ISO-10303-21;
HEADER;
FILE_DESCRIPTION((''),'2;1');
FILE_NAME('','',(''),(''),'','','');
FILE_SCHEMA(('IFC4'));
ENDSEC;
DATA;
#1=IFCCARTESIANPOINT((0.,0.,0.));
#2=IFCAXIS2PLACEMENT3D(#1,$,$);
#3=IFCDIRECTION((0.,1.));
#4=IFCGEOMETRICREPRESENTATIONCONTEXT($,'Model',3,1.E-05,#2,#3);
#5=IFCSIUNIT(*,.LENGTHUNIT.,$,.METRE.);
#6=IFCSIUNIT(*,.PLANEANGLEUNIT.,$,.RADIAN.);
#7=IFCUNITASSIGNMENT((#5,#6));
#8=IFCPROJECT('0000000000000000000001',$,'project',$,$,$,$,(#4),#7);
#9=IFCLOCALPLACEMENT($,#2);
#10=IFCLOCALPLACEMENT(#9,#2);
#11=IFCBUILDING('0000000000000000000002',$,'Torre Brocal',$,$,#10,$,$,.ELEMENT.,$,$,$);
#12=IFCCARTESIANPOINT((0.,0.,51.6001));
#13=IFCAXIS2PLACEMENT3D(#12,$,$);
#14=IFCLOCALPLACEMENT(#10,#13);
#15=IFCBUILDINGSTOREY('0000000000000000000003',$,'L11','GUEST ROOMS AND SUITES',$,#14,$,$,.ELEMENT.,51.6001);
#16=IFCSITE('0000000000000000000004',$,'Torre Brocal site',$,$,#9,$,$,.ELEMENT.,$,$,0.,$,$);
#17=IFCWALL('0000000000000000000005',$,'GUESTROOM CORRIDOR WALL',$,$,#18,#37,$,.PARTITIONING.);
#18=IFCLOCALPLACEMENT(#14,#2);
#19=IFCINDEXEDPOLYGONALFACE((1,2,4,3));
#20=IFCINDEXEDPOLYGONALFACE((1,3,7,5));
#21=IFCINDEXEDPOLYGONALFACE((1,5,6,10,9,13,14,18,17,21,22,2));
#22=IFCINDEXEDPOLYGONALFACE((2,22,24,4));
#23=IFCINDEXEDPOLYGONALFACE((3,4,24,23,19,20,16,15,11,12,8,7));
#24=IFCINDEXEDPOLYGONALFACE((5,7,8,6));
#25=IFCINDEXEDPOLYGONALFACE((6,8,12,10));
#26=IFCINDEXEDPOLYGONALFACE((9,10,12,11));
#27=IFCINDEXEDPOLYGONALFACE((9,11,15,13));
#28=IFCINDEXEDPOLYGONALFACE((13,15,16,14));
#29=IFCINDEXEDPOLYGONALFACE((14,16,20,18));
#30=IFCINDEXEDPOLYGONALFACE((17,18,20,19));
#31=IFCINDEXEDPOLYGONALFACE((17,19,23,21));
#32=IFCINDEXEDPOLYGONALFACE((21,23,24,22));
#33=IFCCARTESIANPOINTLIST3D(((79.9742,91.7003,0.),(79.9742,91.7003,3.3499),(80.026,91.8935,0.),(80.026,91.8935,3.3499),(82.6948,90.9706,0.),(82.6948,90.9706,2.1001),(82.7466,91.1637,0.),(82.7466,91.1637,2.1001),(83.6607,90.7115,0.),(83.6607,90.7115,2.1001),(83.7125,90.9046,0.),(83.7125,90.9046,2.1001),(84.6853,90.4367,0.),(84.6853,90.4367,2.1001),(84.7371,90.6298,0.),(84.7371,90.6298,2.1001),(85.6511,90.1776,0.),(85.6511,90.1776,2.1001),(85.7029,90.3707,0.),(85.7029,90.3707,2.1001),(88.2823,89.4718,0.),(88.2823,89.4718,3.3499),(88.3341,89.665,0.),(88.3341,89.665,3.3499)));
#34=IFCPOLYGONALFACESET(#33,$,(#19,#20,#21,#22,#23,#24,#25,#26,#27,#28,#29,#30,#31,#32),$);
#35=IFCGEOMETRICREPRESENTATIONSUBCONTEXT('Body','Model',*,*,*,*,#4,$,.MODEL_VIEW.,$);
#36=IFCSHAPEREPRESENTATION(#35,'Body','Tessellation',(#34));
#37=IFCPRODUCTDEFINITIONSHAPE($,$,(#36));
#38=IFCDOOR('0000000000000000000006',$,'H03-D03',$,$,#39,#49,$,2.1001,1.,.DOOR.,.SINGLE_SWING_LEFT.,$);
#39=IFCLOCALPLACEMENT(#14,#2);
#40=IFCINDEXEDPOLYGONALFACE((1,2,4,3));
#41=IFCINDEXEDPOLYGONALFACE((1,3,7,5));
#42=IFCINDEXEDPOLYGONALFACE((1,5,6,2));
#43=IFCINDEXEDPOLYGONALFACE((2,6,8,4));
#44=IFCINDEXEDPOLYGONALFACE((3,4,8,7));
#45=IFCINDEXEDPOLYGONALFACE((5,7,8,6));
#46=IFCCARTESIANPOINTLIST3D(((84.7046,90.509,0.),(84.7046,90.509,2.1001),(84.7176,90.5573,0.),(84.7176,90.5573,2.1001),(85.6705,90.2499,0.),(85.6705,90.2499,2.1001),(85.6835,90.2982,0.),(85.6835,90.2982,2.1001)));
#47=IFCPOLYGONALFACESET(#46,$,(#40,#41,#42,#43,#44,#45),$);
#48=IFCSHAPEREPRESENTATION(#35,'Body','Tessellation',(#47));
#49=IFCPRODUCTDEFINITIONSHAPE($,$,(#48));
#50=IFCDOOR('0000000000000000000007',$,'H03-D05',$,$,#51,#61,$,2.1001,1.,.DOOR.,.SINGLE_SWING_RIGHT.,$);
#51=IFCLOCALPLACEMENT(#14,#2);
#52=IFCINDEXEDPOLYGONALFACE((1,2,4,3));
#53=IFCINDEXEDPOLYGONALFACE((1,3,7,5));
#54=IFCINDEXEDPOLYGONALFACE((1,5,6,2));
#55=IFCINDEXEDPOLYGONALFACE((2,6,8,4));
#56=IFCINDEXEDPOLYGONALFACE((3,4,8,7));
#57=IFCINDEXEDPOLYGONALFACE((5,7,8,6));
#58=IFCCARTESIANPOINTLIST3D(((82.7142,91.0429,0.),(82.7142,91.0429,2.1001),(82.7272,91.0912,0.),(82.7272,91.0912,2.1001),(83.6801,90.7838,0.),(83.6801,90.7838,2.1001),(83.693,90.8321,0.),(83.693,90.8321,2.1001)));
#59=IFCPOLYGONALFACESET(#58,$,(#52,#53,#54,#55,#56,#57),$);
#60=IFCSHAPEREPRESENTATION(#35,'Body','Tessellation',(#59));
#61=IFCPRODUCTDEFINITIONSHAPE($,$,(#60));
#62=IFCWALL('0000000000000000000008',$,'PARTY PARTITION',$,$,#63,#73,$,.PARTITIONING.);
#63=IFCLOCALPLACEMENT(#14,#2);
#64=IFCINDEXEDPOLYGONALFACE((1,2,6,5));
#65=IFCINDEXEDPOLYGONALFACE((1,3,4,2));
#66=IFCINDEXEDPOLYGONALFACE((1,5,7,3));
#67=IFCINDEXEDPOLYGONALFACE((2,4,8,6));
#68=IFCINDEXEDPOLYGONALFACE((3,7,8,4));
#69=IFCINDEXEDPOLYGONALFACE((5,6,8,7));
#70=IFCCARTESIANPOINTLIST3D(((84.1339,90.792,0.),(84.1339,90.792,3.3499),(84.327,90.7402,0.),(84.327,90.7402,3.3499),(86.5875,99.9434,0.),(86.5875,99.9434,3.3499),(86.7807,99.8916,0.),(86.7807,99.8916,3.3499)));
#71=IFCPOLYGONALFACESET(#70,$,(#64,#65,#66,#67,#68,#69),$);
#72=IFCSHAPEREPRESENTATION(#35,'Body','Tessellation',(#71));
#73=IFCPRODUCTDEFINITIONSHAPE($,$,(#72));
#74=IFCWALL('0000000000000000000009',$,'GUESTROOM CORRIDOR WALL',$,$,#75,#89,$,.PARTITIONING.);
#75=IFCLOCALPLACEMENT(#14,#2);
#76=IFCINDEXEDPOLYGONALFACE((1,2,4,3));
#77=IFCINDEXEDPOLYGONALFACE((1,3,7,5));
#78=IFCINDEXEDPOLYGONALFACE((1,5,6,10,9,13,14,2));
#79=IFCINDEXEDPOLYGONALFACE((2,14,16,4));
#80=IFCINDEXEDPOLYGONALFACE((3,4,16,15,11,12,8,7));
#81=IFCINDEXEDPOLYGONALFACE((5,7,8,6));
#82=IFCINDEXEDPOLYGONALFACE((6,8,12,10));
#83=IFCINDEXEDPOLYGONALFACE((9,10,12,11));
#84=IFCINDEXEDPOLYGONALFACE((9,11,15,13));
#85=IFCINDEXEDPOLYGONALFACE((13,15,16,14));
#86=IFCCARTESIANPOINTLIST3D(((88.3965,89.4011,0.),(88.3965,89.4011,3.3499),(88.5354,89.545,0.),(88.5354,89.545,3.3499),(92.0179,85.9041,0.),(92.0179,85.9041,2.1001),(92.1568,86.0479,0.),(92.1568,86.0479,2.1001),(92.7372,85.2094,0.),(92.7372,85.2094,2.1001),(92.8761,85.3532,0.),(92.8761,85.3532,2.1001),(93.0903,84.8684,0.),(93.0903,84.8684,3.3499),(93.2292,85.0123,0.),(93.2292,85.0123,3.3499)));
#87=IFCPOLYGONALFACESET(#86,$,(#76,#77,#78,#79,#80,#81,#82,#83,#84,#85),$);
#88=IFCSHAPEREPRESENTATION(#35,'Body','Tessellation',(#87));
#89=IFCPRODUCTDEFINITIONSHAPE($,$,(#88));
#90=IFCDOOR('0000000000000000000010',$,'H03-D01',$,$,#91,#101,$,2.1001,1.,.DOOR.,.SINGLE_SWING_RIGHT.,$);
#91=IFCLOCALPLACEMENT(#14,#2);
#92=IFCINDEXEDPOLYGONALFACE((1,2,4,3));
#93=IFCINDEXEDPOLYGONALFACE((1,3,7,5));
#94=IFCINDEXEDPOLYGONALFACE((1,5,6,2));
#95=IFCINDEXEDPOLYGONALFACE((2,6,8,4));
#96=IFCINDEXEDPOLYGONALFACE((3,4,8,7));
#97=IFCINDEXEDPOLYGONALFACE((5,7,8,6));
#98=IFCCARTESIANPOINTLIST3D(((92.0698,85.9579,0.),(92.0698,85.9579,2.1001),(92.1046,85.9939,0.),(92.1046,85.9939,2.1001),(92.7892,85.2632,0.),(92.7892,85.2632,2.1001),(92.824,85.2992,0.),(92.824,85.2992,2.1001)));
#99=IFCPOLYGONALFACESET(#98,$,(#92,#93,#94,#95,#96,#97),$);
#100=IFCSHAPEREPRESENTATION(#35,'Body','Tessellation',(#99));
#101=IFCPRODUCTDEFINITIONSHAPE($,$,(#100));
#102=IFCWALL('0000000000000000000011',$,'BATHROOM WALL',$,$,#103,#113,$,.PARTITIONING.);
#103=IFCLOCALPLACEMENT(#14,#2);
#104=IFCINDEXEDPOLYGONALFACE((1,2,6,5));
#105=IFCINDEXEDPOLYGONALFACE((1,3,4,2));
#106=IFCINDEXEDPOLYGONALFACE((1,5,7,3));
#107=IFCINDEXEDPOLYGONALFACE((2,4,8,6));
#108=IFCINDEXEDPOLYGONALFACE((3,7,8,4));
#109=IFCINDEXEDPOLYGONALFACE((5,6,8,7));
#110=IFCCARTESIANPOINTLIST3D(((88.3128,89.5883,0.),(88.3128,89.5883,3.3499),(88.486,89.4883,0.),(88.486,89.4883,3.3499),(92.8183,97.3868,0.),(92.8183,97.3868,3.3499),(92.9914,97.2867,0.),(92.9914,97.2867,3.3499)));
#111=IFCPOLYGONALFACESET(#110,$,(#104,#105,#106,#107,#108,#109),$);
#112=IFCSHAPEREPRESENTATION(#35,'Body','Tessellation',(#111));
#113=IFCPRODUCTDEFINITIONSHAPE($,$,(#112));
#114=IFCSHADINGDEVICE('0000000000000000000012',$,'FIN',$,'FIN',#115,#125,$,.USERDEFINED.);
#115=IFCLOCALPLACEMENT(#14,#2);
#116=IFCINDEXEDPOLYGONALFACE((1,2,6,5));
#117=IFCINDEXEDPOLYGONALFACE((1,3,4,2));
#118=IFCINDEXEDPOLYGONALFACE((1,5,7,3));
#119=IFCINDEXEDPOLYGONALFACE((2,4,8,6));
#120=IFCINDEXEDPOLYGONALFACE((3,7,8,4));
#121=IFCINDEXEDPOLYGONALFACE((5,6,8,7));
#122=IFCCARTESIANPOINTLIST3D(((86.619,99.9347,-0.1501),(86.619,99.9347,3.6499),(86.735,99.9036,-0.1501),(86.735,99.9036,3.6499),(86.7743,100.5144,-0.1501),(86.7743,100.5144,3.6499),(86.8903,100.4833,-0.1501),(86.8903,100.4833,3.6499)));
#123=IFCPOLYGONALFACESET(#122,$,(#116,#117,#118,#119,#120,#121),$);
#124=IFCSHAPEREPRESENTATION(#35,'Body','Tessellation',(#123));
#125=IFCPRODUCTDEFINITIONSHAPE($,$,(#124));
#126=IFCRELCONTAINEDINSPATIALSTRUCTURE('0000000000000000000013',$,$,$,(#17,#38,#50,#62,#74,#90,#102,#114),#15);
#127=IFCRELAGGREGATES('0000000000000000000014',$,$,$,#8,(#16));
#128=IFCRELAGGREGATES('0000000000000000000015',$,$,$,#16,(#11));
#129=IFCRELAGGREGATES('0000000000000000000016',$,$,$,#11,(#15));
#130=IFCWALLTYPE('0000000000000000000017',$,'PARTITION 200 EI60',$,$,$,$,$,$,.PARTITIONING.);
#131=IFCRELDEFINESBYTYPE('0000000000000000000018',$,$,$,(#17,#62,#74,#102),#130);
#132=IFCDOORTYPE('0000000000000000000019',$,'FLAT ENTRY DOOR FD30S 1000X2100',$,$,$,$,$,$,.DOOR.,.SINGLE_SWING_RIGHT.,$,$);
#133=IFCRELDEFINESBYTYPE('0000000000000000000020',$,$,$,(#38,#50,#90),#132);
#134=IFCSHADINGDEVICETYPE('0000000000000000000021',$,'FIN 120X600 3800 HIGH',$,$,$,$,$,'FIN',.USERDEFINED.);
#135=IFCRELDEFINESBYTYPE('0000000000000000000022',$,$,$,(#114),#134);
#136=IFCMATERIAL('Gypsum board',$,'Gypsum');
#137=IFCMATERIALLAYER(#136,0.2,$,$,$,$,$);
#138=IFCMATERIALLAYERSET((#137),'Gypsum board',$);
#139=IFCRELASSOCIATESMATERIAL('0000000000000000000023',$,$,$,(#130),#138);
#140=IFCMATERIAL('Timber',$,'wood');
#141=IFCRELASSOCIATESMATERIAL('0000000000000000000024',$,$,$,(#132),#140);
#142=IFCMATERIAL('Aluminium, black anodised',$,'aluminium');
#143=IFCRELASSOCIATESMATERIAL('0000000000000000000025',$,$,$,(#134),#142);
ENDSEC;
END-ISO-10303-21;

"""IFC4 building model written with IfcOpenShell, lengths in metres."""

from ifc_helpers import new_model, si_unit, direction, frame, frame_2d, origin, origin_2d, place, context, subcontext, project, spatial, rectangle, extrude, material, layer, layer_set, material_profile, profile_set, type_object, element, fill, save


model = new_model("IFC4")

# Units and contexts
model_context = context("Model", 3, precision=1e-05, world=origin(), true_north=direction((0.0, 1.0)))
body_context = subcontext(model_context, "Body", "Model", "MODEL_VIEW")
ifc_project = project(units=[si_unit("LENGTHUNIT", "METRE"), si_unit("PLANEANGLEUNIT", "RADIAN")], contexts=[model_context])

# Site, building, storey
site_placement = place(None, origin())
site = spatial("IfcSite", under=ifc_project, at=site_placement, Name="Torre Brocal site", CompositionType="ELEMENT", RefElevation=0.0)
building_placement = place(site_placement, origin())
building = spatial("IfcBuilding", under=site, at=building_placement, Name="Torre Brocal", CompositionType="ELEMENT")
storey_placement = place(building_placement, frame((0.0, 0.0, 51.6001)))
storey = spatial("IfcBuildingStorey", under=building, at=storey_placement, Name="L11", Description="GUEST ROOMS AND SUITES", CompositionType="ELEMENT", Elevation=51.6001)

# Shared definitions
ifc_material_1 = material(Name="Gypsum board", Category="Gypsum")
ifc_layer_1 = layer(ifc_material_1, 0.2)
ifc_layer_set_1 = layer_set([ifc_layer_1], Name="Gypsum board")
wall_type_1 = type_object("IfcWallType", Name="PARTITION 200 EI60", PredefinedType="PARTITIONING", material=ifc_layer_set_1)
ifc_material_2 = material(Name="Timber", Category="wood")
door_type_1 = type_object("IfcDoorType", Name="FLAT ENTRY DOOR FD30S 1000X2100", OperationType="SINGLE_SWING_RIGHT", PredefinedType="DOOR", material=ifc_material_2)

# Wall, openings, doors
wall_1_placement = place(storey_placement, frame((80.0002, 91.7969, 0.0), z_axis=(0.0, 0.0, 1.0), x_axis=(0.965857, -0.259076, 0.0)))
wall_1 = element("IfcWall", 1, at=wall_1_placement, inside=storey, type_object=wall_type_1, Name="GUESTROOM CORRIDOR WALL", PredefinedType="PARTITIONING", context=body_context, shape_type="SweptSolid", body=[
    extrude(rectangle(XDim=8.6018, YDim=0.2, at=frame_2d((4.3008, 0.0))), origin(), (0.0, 0.0, 1.0), 3.3499),
])
opening_1_placement = place(wall_1_placement, frame((4.8774, 0.0, 0.0)))
opening_1 = element("IfcOpeningElement", 2, at=opening_1_placement, cuts=wall_1, PredefinedType="OPENING", context=body_context, shape_type="SweptSolid", body=[
    extrude(rectangle(XDim=1.0, YDim=2.1001, at=frame_2d((0.5, 1.05))), frame((0.0, 0.1099, 0.0), z_axis=(0.0, -1.0, 0.0), x_axis=(1.0, 0.0, 0.0)), (0.0, 0.0, 1.0), 0.22),
])
opening_2_placement = place(wall_1_placement, frame((2.8167, 0.0, 0.0)))
opening_2 = element("IfcOpeningElement", 3, at=opening_2_placement, cuts=wall_1, PredefinedType="OPENING", context=body_context, shape_type="SweptSolid", body=[
    extrude(rectangle(XDim=1.0, YDim=2.1001, at=frame_2d((0.5, 1.05))), frame((0.0, 0.1099, 0.0), z_axis=(0.0, -1.0, 0.0), x_axis=(1.0, 0.0, 0.0)), (0.0, 0.0, 1.0), 0.22),
])
door_1_placement = place(opening_1_placement, origin())
door_1 = element("IfcDoor", 4, at=door_1_placement, inside=storey, type_object=door_type_1, Name="H03-D03", OperationType="SINGLE_SWING_LEFT", OverallHeight=2.1001, OverallWidth=1.0, PredefinedType="DOOR", context=body_context, shape_type="SweptSolid", body=[
    extrude(rectangle(XDim=1.0, YDim=2.1001, at=frame_2d((0.5, 1.05))), frame((0.0, 0.0249, 0.0), z_axis=(0.0, -1.0, 0.0), x_axis=(1.0, 0.0, 0.0)), (0.0, 0.0, 1.0), 0.05),
])
fill(opening_1, door_1)
door_2_placement = place(opening_2_placement, origin())
door_2 = element("IfcDoor", 5, at=door_2_placement, inside=storey, type_object=door_type_1, Name="H03-D05", OperationType="SINGLE_SWING_RIGHT", OverallHeight=2.1001, OverallWidth=1.0, PredefinedType="DOOR", context=body_context, shape_type="SweptSolid", body=[
    extrude(rectangle(XDim=1.0, YDim=2.1001, at=frame_2d((0.5, 1.05))), frame((0.0, 0.0249, 0.0), z_axis=(0.0, -1.0, 0.0), x_axis=(1.0, 0.0, 0.0)), (0.0, 0.0, 1.0), 0.05),
])
fill(opening_2, door_2)

# Wall
wall_2_placement = place(storey_placement, frame((84.2305, 90.7661, 0.0), z_axis=(0.0, 0.0, 1.0), x_axis=(0.258968, 0.965886, 0.0)))
element("IfcWall", 6, at=wall_2_placement, inside=storey, type_object=wall_type_1, Name="PARTY PARTITION", PredefinedType="PARTITIONING", context=body_context, shape_type="SweptSolid", body=[
    extrude(rectangle(XDim=9.4746, YDim=0.2, at=frame_2d((4.7373, 0.0))), origin(), (0.0, 0.0, 1.0), 3.3499),
])

# Wall, opening, door
wall_3_placement = place(storey_placement, frame((88.4658, 89.4731, 0.0), z_axis=(0.0, 0.0, 1.0), x_axis=(0.719346, -0.694652, 0.0)))
wall_3 = element("IfcWall", 7, at=wall_3_placement, inside=storey, type_object=wall_type_1, Name="GUESTROOM CORRIDOR WALL", PredefinedType="PARTITIONING", context=body_context, shape_type="SweptSolid", body=[
    extrude(rectangle(XDim=6.5251, YDim=0.2, at=frame_2d((3.2627, 0.0))), origin(), (0.0, 0.0, 1.0), 3.3499),
])
opening_3_placement = place(wall_3_placement, frame((5.0344, 0.0, 0.0)))
opening_3 = element("IfcOpeningElement", 8, at=opening_3_placement, cuts=wall_3, PredefinedType="OPENING", context=body_context, shape_type="SweptSolid", body=[
    extrude(rectangle(XDim=1.0, YDim=2.1001, at=frame_2d((0.5, 1.05))), frame((0.0, 0.1099, 0.0), z_axis=(0.0, -1.0, 0.0), x_axis=(1.0, 0.0, 0.0)), (0.0, 0.0, 1.0), 0.22),
])
door_3_placement = place(opening_3_placement, origin())
door_3 = element("IfcDoor", 9, at=door_3_placement, inside=storey, type_object=door_type_1, Name="H03-D01", OperationType="SINGLE_SWING_RIGHT", OverallHeight=2.1001, OverallWidth=1.0, PredefinedType="DOOR", context=body_context, shape_type="SweptSolid", body=[
    extrude(rectangle(XDim=1.0, YDim=2.1001, at=frame_2d((0.5, 1.05))), frame((0.0, 0.0249, 0.0), z_axis=(0.0, -1.0, 0.0), x_axis=(1.0, 0.0, 0.0)), (0.0, 0.0, 1.0), 0.05),
])
fill(opening_3, door_3)

# Wall
wall_4_placement = place(storey_placement, frame((88.3994, 89.5383, 0.0), z_axis=(0.0, 0.0, 1.0), x_axis=(0.50025, 0.865881, 0.0)))
element("IfcWall", 10, at=wall_4_placement, inside=storey, type_object=wall_type_1, Name="BATHROOM WALL", PredefinedType="PARTITIONING", context=body_context, shape_type="SweptSolid", body=[
    extrude(rectangle(XDim=9.0063, YDim=0.2, at=frame_2d((4.5032, 0.0))), origin(), (0.0, 0.0, 1.0), 3.3499),
])

# Shading device
ifc_material_3 = material(Name="Aluminium, black anodised", Category="aluminium")
ifc_material_profile_1 = material_profile(ifc_material_3, rectangle(XDim=0.1201, YDim=0.6001, at=origin_2d()), Name="FIN 120X600 3800 HIGH")
ifc_profile_set_1 = profile_set([ifc_material_profile_1], Name="Aluminium, black anodised")
shading_device_type = type_object("IfcShadingDeviceType", Name="FIN 120X600 3800 HIGH", ElementType="FIN", PredefinedType="USERDEFINED", material=ifc_profile_set_1)
shading_device_placement = place(storey_placement, frame((86.7546, 100.209, -0.1501), z_axis=(0.0, 0.0, 1.0), x_axis=(-0.965926, 0.258819, 0.0)))
element("IfcShadingDevice", 11, at=shading_device_placement, inside=storey, type_object=shading_device_type, Name="FIN", ObjectType="FIN", PredefinedType="USERDEFINED", context=body_context, shape_type="SweptSolid", body=[
    extrude(rectangle(XDim=0.1201, YDim=0.6001, at=origin_2d()), origin(), (0.0, 0.0, 1.0), 3.8),
])

save(model, "model.ifc")
